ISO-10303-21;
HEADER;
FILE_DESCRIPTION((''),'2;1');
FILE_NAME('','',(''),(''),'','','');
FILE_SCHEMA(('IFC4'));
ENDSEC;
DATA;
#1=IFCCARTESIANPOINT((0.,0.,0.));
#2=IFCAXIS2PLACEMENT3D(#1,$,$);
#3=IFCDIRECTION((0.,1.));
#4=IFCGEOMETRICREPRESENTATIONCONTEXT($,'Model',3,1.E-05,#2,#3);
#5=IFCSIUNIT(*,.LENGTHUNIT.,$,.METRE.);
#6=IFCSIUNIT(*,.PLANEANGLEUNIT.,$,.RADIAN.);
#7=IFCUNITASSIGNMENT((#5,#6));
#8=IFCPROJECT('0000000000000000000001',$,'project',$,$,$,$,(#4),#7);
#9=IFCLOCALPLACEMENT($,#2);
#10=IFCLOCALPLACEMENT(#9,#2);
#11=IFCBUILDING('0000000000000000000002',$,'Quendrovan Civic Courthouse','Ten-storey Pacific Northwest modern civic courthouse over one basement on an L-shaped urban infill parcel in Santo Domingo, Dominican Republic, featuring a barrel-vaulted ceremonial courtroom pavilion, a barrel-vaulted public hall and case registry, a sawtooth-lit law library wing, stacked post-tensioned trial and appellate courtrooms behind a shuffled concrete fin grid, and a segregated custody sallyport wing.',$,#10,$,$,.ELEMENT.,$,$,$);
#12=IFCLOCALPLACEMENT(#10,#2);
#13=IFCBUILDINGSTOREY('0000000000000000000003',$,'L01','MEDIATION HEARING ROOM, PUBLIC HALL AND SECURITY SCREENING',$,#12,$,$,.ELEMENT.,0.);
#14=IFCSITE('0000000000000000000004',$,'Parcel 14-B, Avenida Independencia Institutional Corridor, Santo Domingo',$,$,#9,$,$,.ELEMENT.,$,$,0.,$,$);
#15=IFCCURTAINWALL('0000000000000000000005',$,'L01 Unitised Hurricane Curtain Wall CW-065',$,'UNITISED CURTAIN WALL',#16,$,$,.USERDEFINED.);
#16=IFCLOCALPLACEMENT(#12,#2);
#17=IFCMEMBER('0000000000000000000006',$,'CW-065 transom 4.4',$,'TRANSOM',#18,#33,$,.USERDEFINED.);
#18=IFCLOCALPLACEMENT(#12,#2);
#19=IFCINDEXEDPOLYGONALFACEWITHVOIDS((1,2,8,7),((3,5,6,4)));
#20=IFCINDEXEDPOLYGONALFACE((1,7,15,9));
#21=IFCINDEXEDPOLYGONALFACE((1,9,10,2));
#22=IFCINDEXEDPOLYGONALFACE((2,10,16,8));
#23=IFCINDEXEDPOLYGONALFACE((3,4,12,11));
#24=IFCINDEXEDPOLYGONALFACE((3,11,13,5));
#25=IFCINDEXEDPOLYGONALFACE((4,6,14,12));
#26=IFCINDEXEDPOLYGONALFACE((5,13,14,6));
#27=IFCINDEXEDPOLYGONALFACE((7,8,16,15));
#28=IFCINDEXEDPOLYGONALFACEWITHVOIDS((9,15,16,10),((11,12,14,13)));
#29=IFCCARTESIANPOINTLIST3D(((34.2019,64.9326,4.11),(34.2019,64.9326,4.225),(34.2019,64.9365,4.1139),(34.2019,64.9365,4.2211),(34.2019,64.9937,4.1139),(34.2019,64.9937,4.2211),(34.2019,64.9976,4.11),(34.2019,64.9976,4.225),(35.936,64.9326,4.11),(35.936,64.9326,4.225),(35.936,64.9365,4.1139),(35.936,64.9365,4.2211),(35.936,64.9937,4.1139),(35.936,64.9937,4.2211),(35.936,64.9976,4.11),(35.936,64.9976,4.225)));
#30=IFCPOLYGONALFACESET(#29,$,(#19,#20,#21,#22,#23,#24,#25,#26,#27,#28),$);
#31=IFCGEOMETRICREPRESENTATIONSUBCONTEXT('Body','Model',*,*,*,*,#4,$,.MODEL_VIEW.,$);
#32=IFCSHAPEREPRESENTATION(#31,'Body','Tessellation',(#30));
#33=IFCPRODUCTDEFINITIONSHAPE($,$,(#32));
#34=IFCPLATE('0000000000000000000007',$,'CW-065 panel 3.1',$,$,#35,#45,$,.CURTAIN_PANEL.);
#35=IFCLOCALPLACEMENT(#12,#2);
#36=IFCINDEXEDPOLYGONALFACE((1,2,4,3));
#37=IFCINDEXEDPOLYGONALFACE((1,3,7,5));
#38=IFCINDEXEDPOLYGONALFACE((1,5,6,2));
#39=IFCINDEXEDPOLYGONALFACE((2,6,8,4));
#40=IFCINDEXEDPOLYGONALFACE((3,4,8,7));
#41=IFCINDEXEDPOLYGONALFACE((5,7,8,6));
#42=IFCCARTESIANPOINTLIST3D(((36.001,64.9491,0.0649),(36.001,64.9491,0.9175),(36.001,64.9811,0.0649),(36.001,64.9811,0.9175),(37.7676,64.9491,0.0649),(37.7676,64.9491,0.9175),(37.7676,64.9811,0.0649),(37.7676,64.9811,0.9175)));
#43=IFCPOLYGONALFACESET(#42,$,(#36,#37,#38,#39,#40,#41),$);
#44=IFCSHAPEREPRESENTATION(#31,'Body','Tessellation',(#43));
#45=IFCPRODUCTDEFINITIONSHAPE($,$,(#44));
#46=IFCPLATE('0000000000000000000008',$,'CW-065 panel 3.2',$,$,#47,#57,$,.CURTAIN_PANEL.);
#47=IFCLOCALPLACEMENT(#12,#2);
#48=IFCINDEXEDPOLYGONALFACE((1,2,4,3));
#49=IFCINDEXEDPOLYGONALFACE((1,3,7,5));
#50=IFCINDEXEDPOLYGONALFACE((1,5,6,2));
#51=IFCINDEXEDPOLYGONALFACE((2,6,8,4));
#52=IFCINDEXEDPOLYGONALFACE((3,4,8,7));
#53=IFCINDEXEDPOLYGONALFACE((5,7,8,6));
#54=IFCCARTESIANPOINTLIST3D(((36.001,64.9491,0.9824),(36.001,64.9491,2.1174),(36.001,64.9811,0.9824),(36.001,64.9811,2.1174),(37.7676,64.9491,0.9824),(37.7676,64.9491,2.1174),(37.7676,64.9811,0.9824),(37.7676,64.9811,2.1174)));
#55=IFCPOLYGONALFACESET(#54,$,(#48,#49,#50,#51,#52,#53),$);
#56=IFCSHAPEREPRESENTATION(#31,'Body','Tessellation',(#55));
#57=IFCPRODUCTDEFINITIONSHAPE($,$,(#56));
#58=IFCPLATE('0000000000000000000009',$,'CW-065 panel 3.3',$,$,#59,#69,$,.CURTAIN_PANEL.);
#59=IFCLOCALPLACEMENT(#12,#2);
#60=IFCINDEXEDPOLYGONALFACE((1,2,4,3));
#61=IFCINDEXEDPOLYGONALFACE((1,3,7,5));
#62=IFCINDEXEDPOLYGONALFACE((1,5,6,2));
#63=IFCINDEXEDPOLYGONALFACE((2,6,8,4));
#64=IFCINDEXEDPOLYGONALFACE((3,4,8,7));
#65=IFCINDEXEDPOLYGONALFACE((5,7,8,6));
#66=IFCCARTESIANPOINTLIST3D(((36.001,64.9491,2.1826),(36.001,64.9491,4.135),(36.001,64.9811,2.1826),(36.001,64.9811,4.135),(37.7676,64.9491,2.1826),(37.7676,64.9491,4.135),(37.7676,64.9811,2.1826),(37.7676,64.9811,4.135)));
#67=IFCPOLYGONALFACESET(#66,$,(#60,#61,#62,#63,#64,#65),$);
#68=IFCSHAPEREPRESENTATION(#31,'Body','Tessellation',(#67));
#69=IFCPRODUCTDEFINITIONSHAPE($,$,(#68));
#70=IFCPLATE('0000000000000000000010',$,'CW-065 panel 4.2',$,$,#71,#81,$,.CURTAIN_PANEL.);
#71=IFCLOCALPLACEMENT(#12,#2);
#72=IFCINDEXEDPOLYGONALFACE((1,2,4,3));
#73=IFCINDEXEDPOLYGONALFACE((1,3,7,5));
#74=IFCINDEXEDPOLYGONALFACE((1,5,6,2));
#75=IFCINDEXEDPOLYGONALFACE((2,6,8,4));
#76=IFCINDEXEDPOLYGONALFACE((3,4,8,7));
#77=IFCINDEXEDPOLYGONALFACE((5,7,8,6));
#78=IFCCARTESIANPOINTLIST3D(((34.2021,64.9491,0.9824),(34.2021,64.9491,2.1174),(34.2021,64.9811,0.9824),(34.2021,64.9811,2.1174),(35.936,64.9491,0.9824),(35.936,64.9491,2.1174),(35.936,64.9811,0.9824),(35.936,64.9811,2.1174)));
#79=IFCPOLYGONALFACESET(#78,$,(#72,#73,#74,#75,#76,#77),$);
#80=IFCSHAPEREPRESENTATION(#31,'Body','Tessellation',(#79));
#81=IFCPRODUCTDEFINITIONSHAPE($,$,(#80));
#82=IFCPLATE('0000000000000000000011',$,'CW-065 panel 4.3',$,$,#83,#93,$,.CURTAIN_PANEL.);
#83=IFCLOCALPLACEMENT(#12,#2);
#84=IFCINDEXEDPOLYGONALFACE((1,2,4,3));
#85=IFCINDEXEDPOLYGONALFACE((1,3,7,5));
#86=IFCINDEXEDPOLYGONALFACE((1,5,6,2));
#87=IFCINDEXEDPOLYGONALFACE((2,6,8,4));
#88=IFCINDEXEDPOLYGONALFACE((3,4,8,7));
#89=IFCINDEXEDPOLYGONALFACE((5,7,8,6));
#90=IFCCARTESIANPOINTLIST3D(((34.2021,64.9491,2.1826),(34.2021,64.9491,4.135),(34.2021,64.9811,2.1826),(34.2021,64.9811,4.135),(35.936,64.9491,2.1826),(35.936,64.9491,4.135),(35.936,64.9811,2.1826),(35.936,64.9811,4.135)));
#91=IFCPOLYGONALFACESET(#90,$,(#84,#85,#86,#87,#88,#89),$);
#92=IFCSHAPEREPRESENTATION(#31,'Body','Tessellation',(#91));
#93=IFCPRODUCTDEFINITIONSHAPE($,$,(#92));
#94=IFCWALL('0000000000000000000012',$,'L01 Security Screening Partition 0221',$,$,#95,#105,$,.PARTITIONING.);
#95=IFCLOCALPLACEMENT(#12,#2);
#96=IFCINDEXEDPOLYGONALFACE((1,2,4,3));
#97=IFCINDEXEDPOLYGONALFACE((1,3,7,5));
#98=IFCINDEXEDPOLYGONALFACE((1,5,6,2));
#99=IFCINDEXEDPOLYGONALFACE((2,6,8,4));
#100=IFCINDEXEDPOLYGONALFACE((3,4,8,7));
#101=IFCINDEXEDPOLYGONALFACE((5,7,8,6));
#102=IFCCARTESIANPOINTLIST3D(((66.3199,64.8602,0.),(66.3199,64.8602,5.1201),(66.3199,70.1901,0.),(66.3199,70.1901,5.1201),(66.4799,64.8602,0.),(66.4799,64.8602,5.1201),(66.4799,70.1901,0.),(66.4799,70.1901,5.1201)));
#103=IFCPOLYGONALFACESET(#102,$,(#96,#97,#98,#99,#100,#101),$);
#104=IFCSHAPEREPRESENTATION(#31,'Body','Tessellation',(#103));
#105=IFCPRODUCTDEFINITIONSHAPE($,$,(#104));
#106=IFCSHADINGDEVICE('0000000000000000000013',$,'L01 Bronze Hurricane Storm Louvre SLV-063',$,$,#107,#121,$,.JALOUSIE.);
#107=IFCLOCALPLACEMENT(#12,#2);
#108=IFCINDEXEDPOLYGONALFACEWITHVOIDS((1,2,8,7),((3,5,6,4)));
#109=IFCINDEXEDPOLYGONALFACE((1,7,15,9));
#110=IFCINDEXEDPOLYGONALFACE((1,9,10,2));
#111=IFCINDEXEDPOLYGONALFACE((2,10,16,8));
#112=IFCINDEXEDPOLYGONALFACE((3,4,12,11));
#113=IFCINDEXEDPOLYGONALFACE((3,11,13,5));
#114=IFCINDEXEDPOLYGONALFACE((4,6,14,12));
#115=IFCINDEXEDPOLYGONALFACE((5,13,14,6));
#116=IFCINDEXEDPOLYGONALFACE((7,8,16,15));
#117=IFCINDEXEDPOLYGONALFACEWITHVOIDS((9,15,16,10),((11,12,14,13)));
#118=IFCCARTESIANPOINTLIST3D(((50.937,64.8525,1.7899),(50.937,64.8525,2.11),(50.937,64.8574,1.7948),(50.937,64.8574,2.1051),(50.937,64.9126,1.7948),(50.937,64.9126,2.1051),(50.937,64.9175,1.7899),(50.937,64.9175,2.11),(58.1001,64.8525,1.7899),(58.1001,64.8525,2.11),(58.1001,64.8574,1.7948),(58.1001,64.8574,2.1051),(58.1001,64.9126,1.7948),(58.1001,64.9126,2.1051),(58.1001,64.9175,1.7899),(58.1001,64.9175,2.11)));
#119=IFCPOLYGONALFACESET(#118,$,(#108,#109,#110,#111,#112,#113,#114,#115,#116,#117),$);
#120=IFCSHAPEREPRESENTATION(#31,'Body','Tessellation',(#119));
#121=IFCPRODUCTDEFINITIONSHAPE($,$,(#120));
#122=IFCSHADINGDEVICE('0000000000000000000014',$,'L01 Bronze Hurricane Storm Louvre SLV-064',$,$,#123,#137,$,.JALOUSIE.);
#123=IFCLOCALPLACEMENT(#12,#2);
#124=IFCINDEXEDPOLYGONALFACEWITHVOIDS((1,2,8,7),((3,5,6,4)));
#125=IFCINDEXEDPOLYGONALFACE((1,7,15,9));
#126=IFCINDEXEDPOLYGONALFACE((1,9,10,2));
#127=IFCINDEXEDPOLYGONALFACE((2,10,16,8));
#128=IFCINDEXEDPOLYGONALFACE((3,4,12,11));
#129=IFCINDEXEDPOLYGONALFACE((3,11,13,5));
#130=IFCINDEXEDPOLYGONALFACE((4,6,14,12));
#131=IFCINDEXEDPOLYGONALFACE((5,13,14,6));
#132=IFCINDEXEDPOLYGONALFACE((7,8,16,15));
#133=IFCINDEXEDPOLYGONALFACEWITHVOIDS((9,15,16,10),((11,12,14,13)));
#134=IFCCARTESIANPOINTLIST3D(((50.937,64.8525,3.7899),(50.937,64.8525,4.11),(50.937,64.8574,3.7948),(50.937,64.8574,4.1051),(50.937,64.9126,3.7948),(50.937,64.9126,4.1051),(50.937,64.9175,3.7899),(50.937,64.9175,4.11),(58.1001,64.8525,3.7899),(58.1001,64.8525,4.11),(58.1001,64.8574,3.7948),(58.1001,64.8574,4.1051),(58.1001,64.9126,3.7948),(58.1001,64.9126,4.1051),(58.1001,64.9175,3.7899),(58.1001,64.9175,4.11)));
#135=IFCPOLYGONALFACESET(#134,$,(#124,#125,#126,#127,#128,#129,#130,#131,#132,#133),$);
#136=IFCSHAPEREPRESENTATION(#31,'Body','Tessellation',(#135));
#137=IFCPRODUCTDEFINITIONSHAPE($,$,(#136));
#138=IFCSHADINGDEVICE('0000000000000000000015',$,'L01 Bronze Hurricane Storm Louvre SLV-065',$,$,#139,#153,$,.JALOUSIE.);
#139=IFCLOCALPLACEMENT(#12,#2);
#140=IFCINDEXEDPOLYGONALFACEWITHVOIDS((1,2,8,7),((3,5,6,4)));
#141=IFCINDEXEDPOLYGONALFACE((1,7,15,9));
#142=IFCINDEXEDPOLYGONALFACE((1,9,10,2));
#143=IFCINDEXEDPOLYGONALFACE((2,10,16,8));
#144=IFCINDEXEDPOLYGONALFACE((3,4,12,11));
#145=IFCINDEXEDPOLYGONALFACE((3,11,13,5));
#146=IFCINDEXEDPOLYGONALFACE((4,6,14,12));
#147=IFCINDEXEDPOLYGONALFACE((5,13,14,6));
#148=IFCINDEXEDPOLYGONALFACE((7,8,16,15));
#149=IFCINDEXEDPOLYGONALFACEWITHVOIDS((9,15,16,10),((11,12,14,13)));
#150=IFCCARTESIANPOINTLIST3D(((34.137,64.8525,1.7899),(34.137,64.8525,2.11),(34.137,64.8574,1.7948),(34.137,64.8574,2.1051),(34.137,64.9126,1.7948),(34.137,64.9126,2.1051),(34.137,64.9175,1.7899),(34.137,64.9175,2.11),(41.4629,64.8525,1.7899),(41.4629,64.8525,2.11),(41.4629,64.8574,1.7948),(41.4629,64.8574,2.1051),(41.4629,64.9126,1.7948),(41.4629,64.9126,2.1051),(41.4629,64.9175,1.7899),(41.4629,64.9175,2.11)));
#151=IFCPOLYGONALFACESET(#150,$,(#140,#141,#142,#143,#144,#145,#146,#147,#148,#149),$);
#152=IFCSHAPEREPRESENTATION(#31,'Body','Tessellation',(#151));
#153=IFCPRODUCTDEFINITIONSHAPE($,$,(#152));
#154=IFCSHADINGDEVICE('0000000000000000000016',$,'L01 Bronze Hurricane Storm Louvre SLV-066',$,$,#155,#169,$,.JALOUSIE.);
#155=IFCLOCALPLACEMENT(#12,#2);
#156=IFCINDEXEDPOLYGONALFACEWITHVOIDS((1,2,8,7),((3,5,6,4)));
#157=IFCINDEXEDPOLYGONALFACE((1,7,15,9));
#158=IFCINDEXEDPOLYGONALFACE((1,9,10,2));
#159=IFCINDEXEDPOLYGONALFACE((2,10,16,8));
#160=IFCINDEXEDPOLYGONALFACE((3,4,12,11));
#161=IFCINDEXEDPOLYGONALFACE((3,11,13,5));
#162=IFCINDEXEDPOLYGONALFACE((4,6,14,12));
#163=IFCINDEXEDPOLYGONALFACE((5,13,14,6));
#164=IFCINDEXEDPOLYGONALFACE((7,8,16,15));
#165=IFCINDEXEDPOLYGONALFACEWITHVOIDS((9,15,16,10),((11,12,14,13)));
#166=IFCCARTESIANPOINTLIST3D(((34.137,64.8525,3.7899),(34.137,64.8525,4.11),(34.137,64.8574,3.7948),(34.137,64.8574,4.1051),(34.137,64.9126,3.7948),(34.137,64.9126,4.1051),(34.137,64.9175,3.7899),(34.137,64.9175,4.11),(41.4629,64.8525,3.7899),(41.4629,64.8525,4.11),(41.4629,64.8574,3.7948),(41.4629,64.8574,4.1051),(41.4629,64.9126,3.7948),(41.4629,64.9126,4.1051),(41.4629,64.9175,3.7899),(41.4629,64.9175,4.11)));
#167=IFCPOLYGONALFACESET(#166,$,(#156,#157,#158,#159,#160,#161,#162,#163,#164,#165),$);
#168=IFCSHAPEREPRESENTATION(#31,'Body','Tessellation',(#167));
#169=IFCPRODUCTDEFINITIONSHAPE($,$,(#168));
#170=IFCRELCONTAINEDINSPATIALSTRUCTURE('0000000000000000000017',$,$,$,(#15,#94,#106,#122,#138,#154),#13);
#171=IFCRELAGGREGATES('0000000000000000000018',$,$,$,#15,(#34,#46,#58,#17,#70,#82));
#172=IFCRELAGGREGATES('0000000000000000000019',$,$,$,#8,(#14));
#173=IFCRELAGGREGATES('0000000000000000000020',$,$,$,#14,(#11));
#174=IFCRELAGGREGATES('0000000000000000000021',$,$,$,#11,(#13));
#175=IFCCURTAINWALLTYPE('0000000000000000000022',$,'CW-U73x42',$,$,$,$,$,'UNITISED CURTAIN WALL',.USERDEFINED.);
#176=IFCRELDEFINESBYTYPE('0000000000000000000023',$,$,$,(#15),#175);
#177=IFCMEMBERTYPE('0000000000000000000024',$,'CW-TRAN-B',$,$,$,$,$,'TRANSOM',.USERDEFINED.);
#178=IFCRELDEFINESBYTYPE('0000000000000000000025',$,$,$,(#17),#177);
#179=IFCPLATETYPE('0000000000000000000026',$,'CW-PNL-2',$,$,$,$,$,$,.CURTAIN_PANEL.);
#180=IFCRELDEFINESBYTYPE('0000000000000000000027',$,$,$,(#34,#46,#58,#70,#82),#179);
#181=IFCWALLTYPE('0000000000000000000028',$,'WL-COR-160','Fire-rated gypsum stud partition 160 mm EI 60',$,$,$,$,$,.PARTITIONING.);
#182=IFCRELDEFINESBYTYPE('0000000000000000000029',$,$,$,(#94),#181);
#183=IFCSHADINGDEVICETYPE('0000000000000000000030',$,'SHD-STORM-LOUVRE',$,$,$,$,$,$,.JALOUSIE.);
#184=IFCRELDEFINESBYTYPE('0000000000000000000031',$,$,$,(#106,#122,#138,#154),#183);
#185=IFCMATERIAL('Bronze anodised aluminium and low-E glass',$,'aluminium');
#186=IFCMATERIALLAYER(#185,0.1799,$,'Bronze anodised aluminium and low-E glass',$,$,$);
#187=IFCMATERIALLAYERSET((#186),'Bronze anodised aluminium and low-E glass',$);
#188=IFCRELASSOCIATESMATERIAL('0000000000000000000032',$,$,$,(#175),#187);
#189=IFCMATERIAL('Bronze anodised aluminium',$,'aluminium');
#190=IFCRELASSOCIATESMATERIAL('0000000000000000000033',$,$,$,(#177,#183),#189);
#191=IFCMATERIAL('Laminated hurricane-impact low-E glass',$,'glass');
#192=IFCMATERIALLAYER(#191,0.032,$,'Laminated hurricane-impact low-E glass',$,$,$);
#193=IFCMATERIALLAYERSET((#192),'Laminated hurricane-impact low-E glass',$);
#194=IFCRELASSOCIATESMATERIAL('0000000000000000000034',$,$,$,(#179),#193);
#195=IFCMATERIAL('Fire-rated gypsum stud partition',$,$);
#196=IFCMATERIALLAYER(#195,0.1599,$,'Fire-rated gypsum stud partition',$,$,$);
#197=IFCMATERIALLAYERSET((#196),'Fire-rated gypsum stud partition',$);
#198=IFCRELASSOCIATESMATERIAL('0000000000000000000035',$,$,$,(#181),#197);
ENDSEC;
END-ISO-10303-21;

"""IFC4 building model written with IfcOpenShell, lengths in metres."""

from ifc_helpers import new_model, si_unit, direction, frame, frame_2d, origin, origin_2d, place, context, subcontext, project, spatial, rectangle, hollow_rectangle, extrude, material, layer, layer_set, material_profile, profile_set, type_object, element, aggregate, save


model = new_model("IFC4")

# Units and contexts
model_context = context("Model", 3, precision=1e-05, world=origin(), true_north=direction((0.0, 1.0)))
body_context = subcontext(model_context, "Body", "Model", "MODEL_VIEW")
ifc_project = project(units=[si_unit("LENGTHUNIT", "METRE"), si_unit("PLANEANGLEUNIT", "RADIAN")], contexts=[model_context])

# Site, building, storey
site_placement = place(None, origin())
site = spatial("IfcSite", under=ifc_project, at=site_placement, Name="Parcel 14-B, Avenida Independencia Institutional Corridor, Santo Domingo", CompositionType="ELEMENT", RefElevation=0.0)
building_placement = place(site_placement, origin())
building = spatial("IfcBuilding", under=site, at=building_placement, Name="Quendrovan Civic Courthouse", Description="Ten-storey Pacific Northwest modern civic courthouse over one basement on an L-shaped urban infill parcel in Santo Domingo, Dominican Republic, featuring a barrel-vaulted ceremonial courtroom pavilion, a barrel-vaulted public hall and case registry, a sawtooth-lit law library wing, stacked post-tensioned trial and appellate courtrooms behind a shuffled concrete fin grid, and a segregated custody sallyport wing.", CompositionType="ELEMENT")
storey_placement = place(building_placement, origin())
storey = spatial("IfcBuildingStorey", under=building, at=storey_placement, Name="L01", Description="MEDIATION HEARING ROOM, PUBLIC HALL AND SECURITY SCREENING", CompositionType="ELEMENT", Elevation=0.0)

# Curtain wall, member, plates
ifc_material_1 = material(Name="Bronze anodised aluminium and low-E glass", Category="aluminium")
ifc_layer_1 = layer(ifc_material_1, 0.1799, Name="Bronze anodised aluminium and low-E glass")
ifc_layer_set_1 = layer_set([ifc_layer_1], Name="Bronze anodised aluminium and low-E glass")
curtain_wall_type = type_object("IfcCurtainWallType", Name="CW-U73x42", ElementType="UNITISED CURTAIN WALL", PredefinedType="USERDEFINED", material=ifc_layer_set_1)
curtain_wall_placement = place(storey_placement, origin())
curtain_wall = element("IfcCurtainWall", 1, at=curtain_wall_placement, inside=storey, type_object=curtain_wall_type, Name="L01 Unitised Hurricane Curtain Wall CW-065", ObjectType="UNITISED CURTAIN WALL", PredefinedType="USERDEFINED")
ifc_material_2 = material(Name="Bronze anodised aluminium", Category="aluminium")
ifc_material_profile_1 = material_profile(ifc_material_2, hollow_rectangle(XDim=0.0649, YDim=0.115, WallThickness=0.0039, at=origin_2d()), Name="CW-TRAN-65x115")
ifc_profile_set_1 = profile_set([ifc_material_profile_1], Name="Bronze anodised aluminium")
member_type_1 = type_object("IfcMemberType", Name="CW-TRAN-B", ElementType="TRANSOM", PredefinedType="USERDEFINED", material=ifc_profile_set_1)
member_1_placement = place(storey_placement, frame((35.936, 64.9651, 4.1675), z_axis=(-1.0, 0.0, 0.0), x_axis=(0.0, -1.0, 0.0)))
member_1 = element("IfcMember", 2, at=member_1_placement, type_object=member_type_1, Name="CW-065 transom 4.4", ObjectType="TRANSOM", PredefinedType="USERDEFINED", context=body_context, shape_type="SweptSolid", body=[
    extrude(hollow_rectangle(XDim=0.0649, YDim=0.115, WallThickness=0.0039, at=origin_2d()), origin(), (0.0, 0.0, 1.0), 1.7341),
])
ifc_material_3 = material(Name="Laminated hurricane-impact low-E glass", Category="glass")
ifc_layer_2 = layer(ifc_material_3, 0.032, Name="Laminated hurricane-impact low-E glass")
ifc_layer_set_2 = layer_set([ifc_layer_2], Name="Laminated hurricane-impact low-E glass")
plate_type = type_object("IfcPlateType", Name="CW-PNL-2", PredefinedType="CURTAIN_PANEL", material=ifc_layer_set_2)
plate_1_placement = place(storey_placement, frame((36.8843, 64.9651, 0.0649), z_axis=(0.0, 0.0, 1.0), x_axis=(-1.0, 0.0, 0.0)))
plate_1 = element("IfcPlate", 3, at=plate_1_placement, type_object=plate_type, Name="CW-065 panel 3.1", PredefinedType="CURTAIN_PANEL", context=body_context, shape_type="SweptSolid", body=[
    extrude(rectangle(XDim=1.7666, YDim=0.032, at=origin_2d()), origin(), (0.0, 0.0, 1.0), 0.8525),
])
plate_2_placement = place(storey_placement, frame((36.8843, 64.9651, 0.9824), z_axis=(0.0, 0.0, 1.0), x_axis=(-1.0, 0.0, 0.0)))
plate_2 = element("IfcPlate", 4, at=plate_2_placement, type_object=plate_type, Name="CW-065 panel 3.2", PredefinedType="CURTAIN_PANEL", context=body_context, shape_type="SweptSolid", body=[
    extrude(rectangle(XDim=1.7666, YDim=0.032, at=origin_2d()), origin(), (0.0, 0.0, 1.0), 1.135),
])
plate_3_placement = place(storey_placement, frame((36.8843, 64.9651, 2.1826), z_axis=(0.0, 0.0, 1.0), x_axis=(-1.0, 0.0, 0.0)))
plate_3 = element("IfcPlate", 5, at=plate_3_placement, type_object=plate_type, Name="CW-065 panel 3.3", PredefinedType="CURTAIN_PANEL", context=body_context, shape_type="SweptSolid", body=[
    extrude(rectangle(XDim=1.7666, YDim=0.032, at=origin_2d()), origin(), (0.0, 0.0, 1.0), 1.9524),
])
plate_4_placement = place(storey_placement, frame((35.0691, 64.9651, 0.9824), z_axis=(0.0, 0.0, 1.0), x_axis=(-1.0, 0.0, 0.0)))
plate_4 = element("IfcPlate", 6, at=plate_4_placement, type_object=plate_type, Name="CW-065 panel 4.2", PredefinedType="CURTAIN_PANEL", context=body_context, shape_type="SweptSolid", body=[
    extrude(rectangle(XDim=1.7339, YDim=0.032, at=origin_2d()), origin(), (0.0, 0.0, 1.0), 1.135),
])
plate_5_placement = place(storey_placement, frame((35.0691, 64.9651, 2.1826), z_axis=(0.0, 0.0, 1.0), x_axis=(-1.0, 0.0, 0.0)))
plate_5 = element("IfcPlate", 7, at=plate_5_placement, type_object=plate_type, Name="CW-065 panel 4.3", PredefinedType="CURTAIN_PANEL", context=body_context, shape_type="SweptSolid", body=[
    extrude(rectangle(XDim=1.7339, YDim=0.032, at=origin_2d()), origin(), (0.0, 0.0, 1.0), 1.9524),
])
aggregate(curtain_wall, [plate_1, plate_2, plate_3, member_1, plate_4, plate_5])

# Wall
ifc_material_4 = material(Name="Fire-rated gypsum stud partition")
ifc_layer_3 = layer(ifc_material_4, 0.1599, Name="Fire-rated gypsum stud partition")
ifc_layer_set_3 = layer_set([ifc_layer_3], Name="Fire-rated gypsum stud partition")
wall_type = type_object("IfcWallType", Name="WL-COR-160", Description="Fire-rated gypsum stud partition 160 mm EI 60", PredefinedType="PARTITIONING", material=ifc_layer_set_3)
wall_placement = place(storey_placement, frame((66.3999, 64.8601, 0.0), z_axis=(0.0, 0.0, 1.0), x_axis=(0.0, 1.0, 0.0)))
element("IfcWall", 8, at=wall_placement, inside=storey, type_object=wall_type, Name="L01 Security Screening Partition 0221", PredefinedType="PARTITIONING", context=body_context, shape_type="SweptSolid", body=[
    extrude(rectangle(XDim=5.3298, YDim=0.1599, at=frame_2d((2.665, 0.0))), origin(), (0.0, 0.0, 1.0), 5.1201),
])

# Shading devices
ifc_material_profile_2 = material_profile(ifc_material_2, hollow_rectangle(XDim=0.0649, YDim=0.3201, WallThickness=0.0049, at=origin_2d()), Name="AL-LOUVRE-65x320")
ifc_profile_set_2 = profile_set([ifc_material_profile_2], Name="Bronze anodised aluminium")
shading_device_type = type_object("IfcShadingDeviceType", Name="SHD-STORM-LOUVRE", PredefinedType="JALOUSIE", material=ifc_profile_set_2)
for number, where, z_axis, x_axis, name in (
    (9, (58.1001, 64.885, 1.95), (-1.0, 0.0, 0.0), (0.0, -1.0, 0.0), "L01 Bronze Hurricane Storm Louvre SLV-063"),
    (10, (58.1001, 64.885, 3.95), (-1.0, 0.0, 0.0), (0.0, -1.0, 0.0), "L01 Bronze Hurricane Storm Louvre SLV-064"),
):
    element("IfcShadingDevice", number, at=place(storey_placement, frame(where, z_axis=z_axis, x_axis=x_axis)), inside=storey, type_object=shading_device_type, Name=name, PredefinedType="JALOUSIE", context=body_context, shape_type="SweptSolid", body=[
        extrude(hollow_rectangle(XDim=0.0649, YDim=0.3201, WallThickness=0.0049, at=origin_2d()), origin(), (0.0, 0.0, 1.0), 7.1631),
    ])
for number, where, z_axis, x_axis, name in (
    (11, (41.4629, 64.885, 1.95), (-1.0, 0.0, 0.0), (0.0, -1.0, 0.0), "L01 Bronze Hurricane Storm Louvre SLV-065"),
    (12, (41.4629, 64.885, 3.95), (-1.0, 0.0, 0.0), (0.0, -1.0, 0.0), "L01 Bronze Hurricane Storm Louvre SLV-066"),
):
    element("IfcShadingDevice", number, at=place(storey_placement, frame(where, z_axis=z_axis, x_axis=x_axis)), inside=storey, type_object=shading_device_type, Name=name, PredefinedType="JALOUSIE", context=body_context, shape_type="SweptSolid", body=[
        extrude(hollow_rectangle(XDim=0.0649, YDim=0.3201, WallThickness=0.0049, at=origin_2d()), origin(), (0.0, 0.0, 1.0), 7.3259),
    ])

save(model, "model.ifc")
